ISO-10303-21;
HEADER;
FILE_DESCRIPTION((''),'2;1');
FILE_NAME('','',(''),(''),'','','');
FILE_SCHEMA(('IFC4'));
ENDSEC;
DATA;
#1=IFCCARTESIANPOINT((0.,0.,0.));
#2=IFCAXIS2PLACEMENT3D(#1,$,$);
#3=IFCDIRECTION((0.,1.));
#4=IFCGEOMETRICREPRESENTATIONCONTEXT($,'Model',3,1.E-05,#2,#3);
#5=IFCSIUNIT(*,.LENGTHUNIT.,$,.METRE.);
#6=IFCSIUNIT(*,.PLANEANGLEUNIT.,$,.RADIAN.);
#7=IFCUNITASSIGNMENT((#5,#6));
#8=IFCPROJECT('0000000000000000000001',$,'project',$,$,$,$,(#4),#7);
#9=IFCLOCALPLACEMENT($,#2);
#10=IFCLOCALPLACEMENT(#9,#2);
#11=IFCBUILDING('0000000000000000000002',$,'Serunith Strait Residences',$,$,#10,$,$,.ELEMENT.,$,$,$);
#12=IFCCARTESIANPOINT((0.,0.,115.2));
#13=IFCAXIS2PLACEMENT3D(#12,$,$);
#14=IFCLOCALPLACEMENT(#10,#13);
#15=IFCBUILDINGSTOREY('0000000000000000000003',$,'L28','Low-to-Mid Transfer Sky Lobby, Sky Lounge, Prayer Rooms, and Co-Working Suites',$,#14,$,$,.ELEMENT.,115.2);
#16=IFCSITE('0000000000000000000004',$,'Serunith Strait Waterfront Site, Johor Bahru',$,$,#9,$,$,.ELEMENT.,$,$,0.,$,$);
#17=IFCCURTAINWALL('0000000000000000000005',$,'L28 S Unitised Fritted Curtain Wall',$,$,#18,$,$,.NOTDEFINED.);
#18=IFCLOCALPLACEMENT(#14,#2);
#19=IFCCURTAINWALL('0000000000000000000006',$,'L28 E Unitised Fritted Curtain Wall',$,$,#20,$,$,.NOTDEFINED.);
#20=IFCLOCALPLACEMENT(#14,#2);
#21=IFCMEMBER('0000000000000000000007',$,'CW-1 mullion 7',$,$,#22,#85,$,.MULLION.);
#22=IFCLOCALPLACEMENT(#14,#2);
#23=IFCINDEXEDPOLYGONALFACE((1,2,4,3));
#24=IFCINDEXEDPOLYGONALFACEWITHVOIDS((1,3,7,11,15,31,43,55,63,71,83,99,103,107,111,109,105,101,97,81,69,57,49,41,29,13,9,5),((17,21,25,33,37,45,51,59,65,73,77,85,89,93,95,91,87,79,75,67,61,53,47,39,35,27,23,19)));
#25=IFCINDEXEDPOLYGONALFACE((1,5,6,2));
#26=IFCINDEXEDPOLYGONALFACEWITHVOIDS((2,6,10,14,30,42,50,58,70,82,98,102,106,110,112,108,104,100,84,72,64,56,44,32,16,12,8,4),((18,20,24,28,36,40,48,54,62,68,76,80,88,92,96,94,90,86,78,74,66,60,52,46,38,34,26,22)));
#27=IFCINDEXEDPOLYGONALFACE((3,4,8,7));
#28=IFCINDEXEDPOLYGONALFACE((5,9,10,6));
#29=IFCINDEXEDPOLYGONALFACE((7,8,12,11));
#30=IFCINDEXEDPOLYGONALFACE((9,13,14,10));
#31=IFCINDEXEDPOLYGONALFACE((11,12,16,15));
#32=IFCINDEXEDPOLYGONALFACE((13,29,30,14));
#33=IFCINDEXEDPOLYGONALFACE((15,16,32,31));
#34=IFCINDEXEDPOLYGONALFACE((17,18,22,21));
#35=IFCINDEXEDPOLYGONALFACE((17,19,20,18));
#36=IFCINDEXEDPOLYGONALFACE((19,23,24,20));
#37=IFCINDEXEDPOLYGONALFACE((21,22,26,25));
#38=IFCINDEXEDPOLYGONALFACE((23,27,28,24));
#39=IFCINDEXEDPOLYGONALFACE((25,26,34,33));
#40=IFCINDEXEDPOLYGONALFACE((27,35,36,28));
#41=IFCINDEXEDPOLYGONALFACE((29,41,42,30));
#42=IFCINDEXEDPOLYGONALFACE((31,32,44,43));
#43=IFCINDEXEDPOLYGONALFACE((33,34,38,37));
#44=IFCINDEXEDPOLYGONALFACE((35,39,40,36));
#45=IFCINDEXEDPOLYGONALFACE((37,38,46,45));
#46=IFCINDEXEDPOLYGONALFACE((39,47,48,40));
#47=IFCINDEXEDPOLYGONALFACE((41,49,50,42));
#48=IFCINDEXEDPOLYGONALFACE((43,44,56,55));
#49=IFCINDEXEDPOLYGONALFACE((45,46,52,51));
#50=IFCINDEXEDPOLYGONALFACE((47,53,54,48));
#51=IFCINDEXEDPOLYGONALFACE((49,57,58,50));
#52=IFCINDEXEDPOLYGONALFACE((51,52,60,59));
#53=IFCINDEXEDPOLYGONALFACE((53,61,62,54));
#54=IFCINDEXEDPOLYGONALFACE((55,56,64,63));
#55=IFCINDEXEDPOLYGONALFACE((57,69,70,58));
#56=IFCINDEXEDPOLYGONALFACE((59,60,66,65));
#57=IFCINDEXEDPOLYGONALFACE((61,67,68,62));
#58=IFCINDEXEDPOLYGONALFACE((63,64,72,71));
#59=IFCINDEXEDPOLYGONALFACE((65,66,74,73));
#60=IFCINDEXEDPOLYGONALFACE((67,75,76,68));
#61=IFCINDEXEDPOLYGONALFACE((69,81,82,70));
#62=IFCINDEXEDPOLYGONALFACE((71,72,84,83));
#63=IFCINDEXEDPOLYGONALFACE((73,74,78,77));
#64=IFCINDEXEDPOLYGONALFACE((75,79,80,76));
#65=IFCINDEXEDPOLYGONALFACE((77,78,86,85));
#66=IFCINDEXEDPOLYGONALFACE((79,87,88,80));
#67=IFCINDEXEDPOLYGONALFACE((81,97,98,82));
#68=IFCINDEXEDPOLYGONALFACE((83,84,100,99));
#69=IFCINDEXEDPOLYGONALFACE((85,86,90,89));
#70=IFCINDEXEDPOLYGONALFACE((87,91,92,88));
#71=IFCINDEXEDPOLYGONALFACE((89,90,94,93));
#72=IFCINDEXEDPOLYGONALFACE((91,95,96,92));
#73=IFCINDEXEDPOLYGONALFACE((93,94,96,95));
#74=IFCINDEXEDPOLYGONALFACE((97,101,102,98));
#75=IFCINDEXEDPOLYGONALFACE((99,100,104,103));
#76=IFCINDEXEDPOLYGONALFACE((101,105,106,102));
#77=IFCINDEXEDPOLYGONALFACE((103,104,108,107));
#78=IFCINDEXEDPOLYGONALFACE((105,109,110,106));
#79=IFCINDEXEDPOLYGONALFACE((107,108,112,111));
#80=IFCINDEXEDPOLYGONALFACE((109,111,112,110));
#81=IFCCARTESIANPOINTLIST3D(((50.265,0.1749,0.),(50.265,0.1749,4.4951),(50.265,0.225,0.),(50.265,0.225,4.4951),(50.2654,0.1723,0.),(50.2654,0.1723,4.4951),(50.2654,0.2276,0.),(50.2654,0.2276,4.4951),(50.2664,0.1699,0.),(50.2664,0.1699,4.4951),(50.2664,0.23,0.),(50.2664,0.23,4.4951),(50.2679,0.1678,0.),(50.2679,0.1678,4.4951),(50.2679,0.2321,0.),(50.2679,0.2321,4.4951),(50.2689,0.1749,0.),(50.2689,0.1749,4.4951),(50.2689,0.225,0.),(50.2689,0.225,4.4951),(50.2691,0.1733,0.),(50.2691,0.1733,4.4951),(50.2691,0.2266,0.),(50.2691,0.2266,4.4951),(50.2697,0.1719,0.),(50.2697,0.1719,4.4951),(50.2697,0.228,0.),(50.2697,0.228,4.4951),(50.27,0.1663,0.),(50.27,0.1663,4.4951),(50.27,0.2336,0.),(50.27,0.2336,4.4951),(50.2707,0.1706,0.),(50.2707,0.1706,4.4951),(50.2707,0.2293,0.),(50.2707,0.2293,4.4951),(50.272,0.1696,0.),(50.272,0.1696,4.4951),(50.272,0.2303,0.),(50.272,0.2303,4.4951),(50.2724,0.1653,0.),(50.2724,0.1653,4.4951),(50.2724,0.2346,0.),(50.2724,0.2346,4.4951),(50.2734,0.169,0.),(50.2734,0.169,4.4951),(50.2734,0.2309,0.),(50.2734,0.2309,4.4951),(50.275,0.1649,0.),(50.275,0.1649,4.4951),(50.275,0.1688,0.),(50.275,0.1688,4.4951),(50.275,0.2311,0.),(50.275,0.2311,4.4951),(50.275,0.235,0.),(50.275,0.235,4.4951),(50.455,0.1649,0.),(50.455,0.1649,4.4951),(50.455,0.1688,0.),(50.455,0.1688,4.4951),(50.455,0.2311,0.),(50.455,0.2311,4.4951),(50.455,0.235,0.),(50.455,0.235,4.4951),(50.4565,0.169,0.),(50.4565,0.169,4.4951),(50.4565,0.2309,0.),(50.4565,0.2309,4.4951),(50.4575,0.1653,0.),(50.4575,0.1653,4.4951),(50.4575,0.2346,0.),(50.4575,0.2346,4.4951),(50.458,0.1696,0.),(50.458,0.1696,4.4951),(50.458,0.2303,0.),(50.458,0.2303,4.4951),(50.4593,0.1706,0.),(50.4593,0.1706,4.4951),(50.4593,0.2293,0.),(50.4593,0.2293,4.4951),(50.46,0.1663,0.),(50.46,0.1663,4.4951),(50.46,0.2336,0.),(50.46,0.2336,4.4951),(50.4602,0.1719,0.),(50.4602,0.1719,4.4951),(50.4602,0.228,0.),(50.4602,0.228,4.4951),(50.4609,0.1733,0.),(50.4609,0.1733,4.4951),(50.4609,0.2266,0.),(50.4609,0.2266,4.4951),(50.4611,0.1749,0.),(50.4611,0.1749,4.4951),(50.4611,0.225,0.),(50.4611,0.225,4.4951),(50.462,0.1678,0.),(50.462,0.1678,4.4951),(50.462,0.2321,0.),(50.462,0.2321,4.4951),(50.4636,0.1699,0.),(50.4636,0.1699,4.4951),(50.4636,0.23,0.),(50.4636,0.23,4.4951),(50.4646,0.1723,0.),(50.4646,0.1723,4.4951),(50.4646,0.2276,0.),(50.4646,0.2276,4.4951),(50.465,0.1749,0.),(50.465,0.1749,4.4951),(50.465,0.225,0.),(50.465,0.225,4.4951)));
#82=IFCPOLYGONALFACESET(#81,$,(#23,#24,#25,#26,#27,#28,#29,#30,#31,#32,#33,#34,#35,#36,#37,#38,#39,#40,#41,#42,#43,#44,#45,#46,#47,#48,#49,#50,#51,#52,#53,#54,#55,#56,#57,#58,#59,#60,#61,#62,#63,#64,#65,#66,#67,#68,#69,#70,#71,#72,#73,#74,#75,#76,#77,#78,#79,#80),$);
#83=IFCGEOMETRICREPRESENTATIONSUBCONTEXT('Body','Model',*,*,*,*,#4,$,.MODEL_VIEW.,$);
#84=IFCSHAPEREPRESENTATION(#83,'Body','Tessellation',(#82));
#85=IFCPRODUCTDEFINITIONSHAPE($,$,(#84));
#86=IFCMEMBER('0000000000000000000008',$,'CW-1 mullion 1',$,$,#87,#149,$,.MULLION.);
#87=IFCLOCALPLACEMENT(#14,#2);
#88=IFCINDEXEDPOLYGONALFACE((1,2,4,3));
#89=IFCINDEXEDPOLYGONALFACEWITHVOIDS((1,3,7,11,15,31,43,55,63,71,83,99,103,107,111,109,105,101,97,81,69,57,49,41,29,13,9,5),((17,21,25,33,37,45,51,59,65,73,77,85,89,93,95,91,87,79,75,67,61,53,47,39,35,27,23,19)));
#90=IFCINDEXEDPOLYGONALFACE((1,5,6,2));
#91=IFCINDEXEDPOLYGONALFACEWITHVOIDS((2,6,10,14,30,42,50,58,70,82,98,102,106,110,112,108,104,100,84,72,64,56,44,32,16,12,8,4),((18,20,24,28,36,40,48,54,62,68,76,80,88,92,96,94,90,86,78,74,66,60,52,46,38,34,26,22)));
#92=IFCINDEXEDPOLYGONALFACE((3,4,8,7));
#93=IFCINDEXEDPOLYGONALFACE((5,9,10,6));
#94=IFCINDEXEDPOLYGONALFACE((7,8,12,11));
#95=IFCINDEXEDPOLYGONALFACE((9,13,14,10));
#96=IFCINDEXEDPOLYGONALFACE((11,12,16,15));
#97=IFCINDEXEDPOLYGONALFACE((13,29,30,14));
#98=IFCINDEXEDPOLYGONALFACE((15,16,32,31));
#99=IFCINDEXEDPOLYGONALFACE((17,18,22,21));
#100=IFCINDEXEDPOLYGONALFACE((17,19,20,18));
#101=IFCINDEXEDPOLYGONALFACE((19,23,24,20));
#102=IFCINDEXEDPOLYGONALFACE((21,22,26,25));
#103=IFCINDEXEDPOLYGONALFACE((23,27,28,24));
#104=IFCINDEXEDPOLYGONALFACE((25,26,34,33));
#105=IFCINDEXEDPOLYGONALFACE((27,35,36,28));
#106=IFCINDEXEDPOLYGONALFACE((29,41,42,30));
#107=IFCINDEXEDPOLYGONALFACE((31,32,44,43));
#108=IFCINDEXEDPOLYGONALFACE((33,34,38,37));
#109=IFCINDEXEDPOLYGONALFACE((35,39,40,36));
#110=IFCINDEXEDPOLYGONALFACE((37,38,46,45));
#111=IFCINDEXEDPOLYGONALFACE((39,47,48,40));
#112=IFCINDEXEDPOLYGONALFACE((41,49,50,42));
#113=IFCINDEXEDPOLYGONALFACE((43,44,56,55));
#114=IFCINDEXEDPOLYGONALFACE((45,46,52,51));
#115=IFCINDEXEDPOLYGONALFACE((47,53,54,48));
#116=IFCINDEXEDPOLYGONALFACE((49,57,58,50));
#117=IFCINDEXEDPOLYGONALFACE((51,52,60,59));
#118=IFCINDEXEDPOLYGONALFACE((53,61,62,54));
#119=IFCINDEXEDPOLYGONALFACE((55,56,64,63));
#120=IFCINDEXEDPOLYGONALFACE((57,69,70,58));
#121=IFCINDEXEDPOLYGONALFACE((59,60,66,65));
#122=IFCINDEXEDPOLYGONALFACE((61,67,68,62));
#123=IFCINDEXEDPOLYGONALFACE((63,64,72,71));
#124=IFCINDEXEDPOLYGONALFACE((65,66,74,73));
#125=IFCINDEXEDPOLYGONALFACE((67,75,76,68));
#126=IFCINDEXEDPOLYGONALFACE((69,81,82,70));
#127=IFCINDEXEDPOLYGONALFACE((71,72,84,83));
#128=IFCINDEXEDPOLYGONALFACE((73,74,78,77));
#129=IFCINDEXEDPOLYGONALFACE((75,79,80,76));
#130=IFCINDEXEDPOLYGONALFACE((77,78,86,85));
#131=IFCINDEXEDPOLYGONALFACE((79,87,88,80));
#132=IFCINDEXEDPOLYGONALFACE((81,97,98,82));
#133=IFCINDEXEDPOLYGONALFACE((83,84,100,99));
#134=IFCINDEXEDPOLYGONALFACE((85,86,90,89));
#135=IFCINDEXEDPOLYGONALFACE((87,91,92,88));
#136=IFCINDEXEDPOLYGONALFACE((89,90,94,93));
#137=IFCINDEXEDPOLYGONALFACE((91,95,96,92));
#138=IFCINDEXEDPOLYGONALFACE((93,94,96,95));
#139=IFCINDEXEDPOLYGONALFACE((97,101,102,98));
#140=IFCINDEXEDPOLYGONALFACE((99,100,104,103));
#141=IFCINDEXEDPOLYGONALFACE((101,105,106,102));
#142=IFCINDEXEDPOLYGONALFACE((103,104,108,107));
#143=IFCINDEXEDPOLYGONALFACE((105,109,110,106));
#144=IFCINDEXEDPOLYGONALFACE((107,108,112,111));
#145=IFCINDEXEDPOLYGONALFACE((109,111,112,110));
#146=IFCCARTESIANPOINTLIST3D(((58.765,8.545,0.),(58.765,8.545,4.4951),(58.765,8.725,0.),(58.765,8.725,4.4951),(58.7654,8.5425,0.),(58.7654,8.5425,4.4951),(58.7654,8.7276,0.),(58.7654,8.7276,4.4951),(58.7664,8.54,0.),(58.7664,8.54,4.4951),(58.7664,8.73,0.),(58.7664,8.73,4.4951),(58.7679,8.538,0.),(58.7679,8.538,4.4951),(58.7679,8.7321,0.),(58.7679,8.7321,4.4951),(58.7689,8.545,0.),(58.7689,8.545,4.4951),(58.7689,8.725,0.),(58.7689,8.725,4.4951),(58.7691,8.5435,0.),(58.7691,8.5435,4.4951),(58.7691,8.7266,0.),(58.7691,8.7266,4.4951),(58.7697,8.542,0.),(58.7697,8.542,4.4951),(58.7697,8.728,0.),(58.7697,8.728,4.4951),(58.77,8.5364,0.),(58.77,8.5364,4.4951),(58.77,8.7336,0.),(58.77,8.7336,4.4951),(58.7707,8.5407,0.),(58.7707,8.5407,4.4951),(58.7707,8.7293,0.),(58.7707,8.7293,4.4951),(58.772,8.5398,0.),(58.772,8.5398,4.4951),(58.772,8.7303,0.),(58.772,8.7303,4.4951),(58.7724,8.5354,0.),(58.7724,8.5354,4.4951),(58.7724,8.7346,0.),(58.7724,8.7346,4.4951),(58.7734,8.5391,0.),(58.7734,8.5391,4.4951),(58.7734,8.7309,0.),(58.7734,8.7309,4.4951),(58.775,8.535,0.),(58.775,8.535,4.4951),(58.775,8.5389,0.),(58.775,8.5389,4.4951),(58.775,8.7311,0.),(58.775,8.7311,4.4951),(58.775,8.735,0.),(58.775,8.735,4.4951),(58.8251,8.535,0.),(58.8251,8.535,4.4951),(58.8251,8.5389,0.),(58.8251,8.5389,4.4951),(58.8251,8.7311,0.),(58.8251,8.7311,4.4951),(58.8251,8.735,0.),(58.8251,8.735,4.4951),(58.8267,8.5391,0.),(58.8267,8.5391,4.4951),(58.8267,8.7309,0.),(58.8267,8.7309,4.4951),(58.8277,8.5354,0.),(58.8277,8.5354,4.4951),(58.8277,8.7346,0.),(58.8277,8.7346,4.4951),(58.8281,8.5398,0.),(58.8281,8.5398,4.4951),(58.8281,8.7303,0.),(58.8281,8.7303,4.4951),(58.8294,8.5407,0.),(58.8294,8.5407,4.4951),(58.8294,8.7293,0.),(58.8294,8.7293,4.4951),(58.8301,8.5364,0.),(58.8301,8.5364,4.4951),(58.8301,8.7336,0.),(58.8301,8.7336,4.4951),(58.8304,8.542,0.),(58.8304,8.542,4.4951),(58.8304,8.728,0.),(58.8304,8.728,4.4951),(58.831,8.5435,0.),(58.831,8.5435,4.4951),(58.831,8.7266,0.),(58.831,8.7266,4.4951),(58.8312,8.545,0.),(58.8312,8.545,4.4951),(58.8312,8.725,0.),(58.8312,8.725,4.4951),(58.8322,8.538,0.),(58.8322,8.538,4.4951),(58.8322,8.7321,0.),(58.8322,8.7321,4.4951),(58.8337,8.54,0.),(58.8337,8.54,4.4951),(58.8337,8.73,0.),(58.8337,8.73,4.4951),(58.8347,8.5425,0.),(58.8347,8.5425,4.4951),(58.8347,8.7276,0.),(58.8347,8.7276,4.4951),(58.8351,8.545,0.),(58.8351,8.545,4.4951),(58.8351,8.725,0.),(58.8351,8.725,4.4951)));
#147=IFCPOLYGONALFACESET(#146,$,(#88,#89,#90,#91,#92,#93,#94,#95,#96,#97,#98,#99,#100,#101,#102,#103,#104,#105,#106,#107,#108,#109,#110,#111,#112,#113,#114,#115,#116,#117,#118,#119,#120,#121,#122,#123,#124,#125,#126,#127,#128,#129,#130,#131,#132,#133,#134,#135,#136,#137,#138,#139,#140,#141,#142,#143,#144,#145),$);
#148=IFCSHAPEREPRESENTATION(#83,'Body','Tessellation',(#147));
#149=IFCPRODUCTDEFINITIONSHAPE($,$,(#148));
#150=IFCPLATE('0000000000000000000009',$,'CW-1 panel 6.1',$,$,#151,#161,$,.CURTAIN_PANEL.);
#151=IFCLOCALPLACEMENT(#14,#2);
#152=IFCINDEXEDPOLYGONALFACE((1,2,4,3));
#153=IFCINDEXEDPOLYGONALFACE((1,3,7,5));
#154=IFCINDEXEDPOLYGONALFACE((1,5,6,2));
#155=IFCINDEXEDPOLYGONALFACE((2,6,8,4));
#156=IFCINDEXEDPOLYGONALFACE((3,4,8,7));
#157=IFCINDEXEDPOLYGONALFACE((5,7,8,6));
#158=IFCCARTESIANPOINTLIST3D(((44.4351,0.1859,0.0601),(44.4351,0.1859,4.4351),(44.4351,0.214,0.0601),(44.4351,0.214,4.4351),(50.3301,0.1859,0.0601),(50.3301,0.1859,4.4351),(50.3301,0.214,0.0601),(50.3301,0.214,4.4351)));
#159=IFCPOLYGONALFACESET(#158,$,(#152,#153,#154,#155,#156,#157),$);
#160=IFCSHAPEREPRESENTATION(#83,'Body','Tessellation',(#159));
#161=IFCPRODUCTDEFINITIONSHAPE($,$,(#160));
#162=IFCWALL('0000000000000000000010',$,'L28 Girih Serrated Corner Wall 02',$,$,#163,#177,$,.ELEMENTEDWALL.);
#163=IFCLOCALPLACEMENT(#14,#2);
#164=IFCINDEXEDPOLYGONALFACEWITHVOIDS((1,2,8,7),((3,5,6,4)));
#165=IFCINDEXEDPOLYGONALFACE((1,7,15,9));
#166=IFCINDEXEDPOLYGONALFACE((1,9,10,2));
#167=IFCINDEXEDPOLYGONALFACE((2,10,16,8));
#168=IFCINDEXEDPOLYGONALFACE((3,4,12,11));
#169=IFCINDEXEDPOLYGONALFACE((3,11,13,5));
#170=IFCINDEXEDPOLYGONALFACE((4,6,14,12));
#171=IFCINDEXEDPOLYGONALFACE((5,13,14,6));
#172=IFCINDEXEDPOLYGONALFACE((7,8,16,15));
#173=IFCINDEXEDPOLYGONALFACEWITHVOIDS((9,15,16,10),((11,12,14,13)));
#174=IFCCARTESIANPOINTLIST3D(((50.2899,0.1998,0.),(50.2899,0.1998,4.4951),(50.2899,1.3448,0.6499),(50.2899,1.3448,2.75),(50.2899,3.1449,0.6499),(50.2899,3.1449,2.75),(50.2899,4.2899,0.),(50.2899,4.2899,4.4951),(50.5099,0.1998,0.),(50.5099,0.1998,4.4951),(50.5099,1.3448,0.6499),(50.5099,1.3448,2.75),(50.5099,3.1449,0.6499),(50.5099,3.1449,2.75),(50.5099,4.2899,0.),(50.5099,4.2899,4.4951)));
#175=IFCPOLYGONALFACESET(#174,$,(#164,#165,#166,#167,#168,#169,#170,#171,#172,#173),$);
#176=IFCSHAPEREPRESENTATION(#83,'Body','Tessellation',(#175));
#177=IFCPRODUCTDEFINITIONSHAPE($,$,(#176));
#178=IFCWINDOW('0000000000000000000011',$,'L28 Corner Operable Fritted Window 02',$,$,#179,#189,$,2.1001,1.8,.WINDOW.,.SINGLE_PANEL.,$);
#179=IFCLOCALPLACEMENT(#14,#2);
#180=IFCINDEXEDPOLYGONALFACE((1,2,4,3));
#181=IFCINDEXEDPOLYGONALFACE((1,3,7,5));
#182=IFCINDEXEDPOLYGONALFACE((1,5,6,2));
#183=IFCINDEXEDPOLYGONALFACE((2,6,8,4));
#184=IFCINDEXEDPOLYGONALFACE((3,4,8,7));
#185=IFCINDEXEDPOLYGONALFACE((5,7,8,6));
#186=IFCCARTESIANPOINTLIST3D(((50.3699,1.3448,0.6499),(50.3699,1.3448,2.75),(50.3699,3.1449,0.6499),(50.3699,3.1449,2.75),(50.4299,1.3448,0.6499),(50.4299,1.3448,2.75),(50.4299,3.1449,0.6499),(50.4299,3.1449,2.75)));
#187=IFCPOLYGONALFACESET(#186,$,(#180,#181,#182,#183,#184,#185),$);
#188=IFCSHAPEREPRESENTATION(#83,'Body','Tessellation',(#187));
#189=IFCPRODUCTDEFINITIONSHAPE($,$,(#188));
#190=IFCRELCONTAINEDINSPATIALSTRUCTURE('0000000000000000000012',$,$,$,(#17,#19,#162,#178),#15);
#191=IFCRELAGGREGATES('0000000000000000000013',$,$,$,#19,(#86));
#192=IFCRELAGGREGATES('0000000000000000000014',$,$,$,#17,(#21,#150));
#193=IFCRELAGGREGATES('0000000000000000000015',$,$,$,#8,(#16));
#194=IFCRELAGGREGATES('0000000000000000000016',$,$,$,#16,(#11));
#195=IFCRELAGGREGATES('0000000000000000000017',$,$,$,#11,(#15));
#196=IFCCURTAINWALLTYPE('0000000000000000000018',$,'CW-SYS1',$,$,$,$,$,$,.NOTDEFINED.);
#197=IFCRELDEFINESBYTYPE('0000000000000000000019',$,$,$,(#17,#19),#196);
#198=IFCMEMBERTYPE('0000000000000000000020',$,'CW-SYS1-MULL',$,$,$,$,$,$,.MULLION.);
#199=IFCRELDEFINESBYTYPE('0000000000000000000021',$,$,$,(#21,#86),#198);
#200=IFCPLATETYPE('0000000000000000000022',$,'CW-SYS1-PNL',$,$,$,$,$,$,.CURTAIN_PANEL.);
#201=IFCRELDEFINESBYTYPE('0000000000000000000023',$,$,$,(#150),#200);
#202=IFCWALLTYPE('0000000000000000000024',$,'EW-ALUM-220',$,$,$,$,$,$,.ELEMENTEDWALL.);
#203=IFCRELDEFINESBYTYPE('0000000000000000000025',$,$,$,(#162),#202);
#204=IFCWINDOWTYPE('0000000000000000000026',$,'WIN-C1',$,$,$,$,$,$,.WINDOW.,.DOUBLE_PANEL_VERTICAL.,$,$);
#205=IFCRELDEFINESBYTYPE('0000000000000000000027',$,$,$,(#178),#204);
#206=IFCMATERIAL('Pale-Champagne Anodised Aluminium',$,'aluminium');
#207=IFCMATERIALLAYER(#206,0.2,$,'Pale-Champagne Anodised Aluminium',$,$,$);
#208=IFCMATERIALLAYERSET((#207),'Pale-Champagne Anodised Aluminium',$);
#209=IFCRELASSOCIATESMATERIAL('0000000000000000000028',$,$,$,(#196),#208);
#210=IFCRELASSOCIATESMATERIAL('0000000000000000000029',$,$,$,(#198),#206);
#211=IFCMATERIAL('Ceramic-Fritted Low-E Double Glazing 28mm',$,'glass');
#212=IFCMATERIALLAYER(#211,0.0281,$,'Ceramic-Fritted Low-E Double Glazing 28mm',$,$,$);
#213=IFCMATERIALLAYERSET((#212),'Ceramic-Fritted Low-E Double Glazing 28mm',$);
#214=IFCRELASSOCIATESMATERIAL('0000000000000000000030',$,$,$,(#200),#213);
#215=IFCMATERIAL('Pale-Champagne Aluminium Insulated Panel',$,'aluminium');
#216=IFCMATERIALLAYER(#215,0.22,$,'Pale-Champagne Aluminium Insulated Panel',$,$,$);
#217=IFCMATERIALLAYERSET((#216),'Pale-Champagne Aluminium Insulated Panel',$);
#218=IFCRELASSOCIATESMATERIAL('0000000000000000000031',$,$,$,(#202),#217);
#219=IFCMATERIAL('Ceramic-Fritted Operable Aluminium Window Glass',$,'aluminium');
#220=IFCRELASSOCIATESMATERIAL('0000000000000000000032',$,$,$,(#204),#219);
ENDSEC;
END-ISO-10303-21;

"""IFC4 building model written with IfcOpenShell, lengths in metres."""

from ifc_helpers import new_model, si_unit, direction, frame, frame_2d, origin, origin_2d, place, context, subcontext, project, spatial, rectangle, hollow_rectangle, extrude, source, transform, mapped, material, layer, layer_set, material_profile, profile_set, type_object, element, fill, aggregate, save


model = new_model("IFC4")

# Units and contexts
model_context = context("Model", 3, precision=1e-05, world=origin(), true_north=direction((0.0, 1.0)))
body_context = subcontext(model_context, "Body", "Model", "MODEL_VIEW")
ifc_project = project(units=[si_unit("LENGTHUNIT", "METRE"), si_unit("PLANEANGLEUNIT", "RADIAN")], contexts=[model_context])

# Site, building, storey
site_placement = place(None, origin())
site = spatial("IfcSite", under=ifc_project, at=site_placement, Name="Serunith Strait Waterfront Site, Johor Bahru", CompositionType="ELEMENT", RefElevation=0.0)
building_placement = place(site_placement, origin())
building = spatial("IfcBuilding", under=site, at=building_placement, Name="Serunith Strait Residences", CompositionType="ELEMENT")
storey_placement = place(building_placement, frame((0.0, 0.0, 115.2)))
storey = spatial("IfcBuildingStorey", under=building, at=storey_placement, Name="L28", Description="Low-to-Mid Transfer Sky Lobby, Sky Lounge, Prayer Rooms, and Co-Working Suites", CompositionType="ELEMENT", Elevation=115.2)

# Curtain wall
ifc_material_1 = material(Name="Pale-Champagne Anodised Aluminium", Category="aluminium")
ifc_layer_1 = layer(ifc_material_1, 0.2, Name="Pale-Champagne Anodised Aluminium")
ifc_layer_set_1 = layer_set([ifc_layer_1], Name="Pale-Champagne Anodised Aluminium")
curtain_wall_type = type_object("IfcCurtainWallType", Name="CW-SYS1", PredefinedType="NOTDEFINED", material=ifc_layer_set_1)
curtain_wall_1_placement = place(storey_placement, origin())
curtain_wall_1 = element("IfcCurtainWall", 1, at=curtain_wall_1_placement, inside=storey, type_object=curtain_wall_type, Name="L28 S Unitised Fritted Curtain Wall", PredefinedType="NOTDEFINED")

# Curtain wall
curtain_wall_2_placement = place(storey_placement, origin())
curtain_wall_2 = element("IfcCurtainWall", 2, at=curtain_wall_2_placement, inside=storey, type_object=curtain_wall_type, Name="L28 E Unitised Fritted Curtain Wall", PredefinedType="NOTDEFINED")

# Members
ifc_material_profile_1 = material_profile(ifc_material_1, hollow_rectangle(XDim=0.0701, YDim=0.2, WallThickness=0.0039, InnerFilletRadius=0.0061, OuterFilletRadius=0.01, at=origin_2d()), Name="ALU 200x70x4")
ifc_profile_set_1 = profile_set([ifc_material_profile_1], Name="Pale-Champagne Anodised Aluminium")
member_type_1 = type_object("IfcMemberType", Name="CW-SYS1-MULL", PredefinedType="MULLION", material=ifc_profile_set_1)
shared_shape_1 = source(origin(), body_context, "Body", "SweptSolid", [
    extrude(hollow_rectangle(XDim=0.0701, YDim=0.2, WallThickness=0.0039, InnerFilletRadius=0.0061, OuterFilletRadius=0.01, at=origin_2d()), origin(), (0.0, 0.0, 1.0), 4.4951),
])
member_1_placement = place(storey_placement, frame((50.365, 0.2, 0.0), z_axis=(0.0, 0.0, 1.0), x_axis=(0.0, 1.0, 0.0)))
member_1 = element("IfcMember", 3, at=member_1_placement, type_object=member_type_1, Name="CW-1 mullion 7", PredefinedType="MULLION", context=body_context, shape_type="MappedRepresentation", body=[
    mapped(shared_shape_1, transform((0.0, 0.0, 0.0), scale=1.0)),
])
member_2_placement = place(storey_placement, frame((58.8, 8.635, 0.0), z_axis=(0.0, 0.0, 1.0), x_axis=(-1.0, 0.0, 0.0)))
member_2 = element("IfcMember", 4, at=member_2_placement, type_object=member_type_1, Name="CW-1 mullion 1", PredefinedType="MULLION", context=body_context, shape_type="MappedRepresentation", body=[
    mapped(shared_shape_1, transform((0.0, 0.0, 0.0), scale=1.0)),
])
aggregate(curtain_wall_2, [member_2])

# Plate
ifc_material_2 = material(Name="Ceramic-Fritted Low-E Double Glazing 28mm", Category="glass")
ifc_layer_2 = layer(ifc_material_2, 0.0281, Name="Ceramic-Fritted Low-E Double Glazing 28mm")
ifc_layer_set_2 = layer_set([ifc_layer_2], Name="Ceramic-Fritted Low-E Double Glazing 28mm")
plate_type = type_object("IfcPlateType", Name="CW-SYS1-PNL", PredefinedType="CURTAIN_PANEL", material=ifc_layer_set_2)
shared_shape_2 = source(origin(), body_context, "Body", "SweptSolid", [
    extrude(rectangle(XDim=5.895, YDim=0.0281, at=origin_2d()), origin(), (0.0, 0.0, 1.0), 4.375),
])
plate_placement = place(storey_placement, frame((47.3826, 0.2, 0.0601), z_axis=(0.0, 0.0, 1.0), x_axis=(1.0, 0.0, 0.0)))
plate = element("IfcPlate", 5, at=plate_placement, type_object=plate_type, Name="CW-1 panel 6.1", PredefinedType="CURTAIN_PANEL", context=body_context, shape_type="MappedRepresentation", body=[
    mapped(shared_shape_2, transform((0.0, 0.0, 0.0), scale=1.0)),
])
aggregate(curtain_wall_1, [member_1, plate])

# Wall, opening, window
ifc_material_3 = material(Name="Pale-Champagne Aluminium Insulated Panel", Category="aluminium")
ifc_layer_3 = layer(ifc_material_3, 0.22, Name="Pale-Champagne Aluminium Insulated Panel")
ifc_layer_set_3 = layer_set([ifc_layer_3], Name="Pale-Champagne Aluminium Insulated Panel")
wall_type = type_object("IfcWallType", Name="EW-ALUM-220", PredefinedType="ELEMENTEDWALL", material=ifc_layer_set_3)
wall_1_placement = place(storey_placement, frame((50.3999, 0.2, 0.0), z_axis=(0.0, 0.0, 1.0), x_axis=(0.0, 1.0, 0.0)))
wall_1 = element("IfcWall", 6, at=wall_1_placement, inside=storey, type_object=wall_type, Name="L28 Girih Serrated Corner Wall 02", PredefinedType="ELEMENTEDWALL", context=body_context, shape_type="SweptSolid", body=[
    extrude(rectangle(XDim=4.0901, YDim=0.22, at=frame_2d((2.0449, 0.0))), origin(), (0.0, 0.0, 1.0), 4.4951),
])
opening_1_placement = place(wall_1_placement, frame((1.145, 0.0, 0.6499)))
opening_1 = element("IfcOpeningElement", 7, at=opening_1_placement, cuts=wall_1, PredefinedType="OPENING", context=body_context, shape_type="SweptSolid", body=[
    extrude(rectangle(XDim=1.8, YDim=2.1001, at=frame_2d((0.8999, 1.05))), frame((0.0, 0.1201, 0.0), z_axis=(0.0, -1.0, 0.0), x_axis=(1.0, 0.0, 0.0)), (0.0, 0.0, 1.0), 0.24),
])
ifc_material_4 = material(Name="Ceramic-Fritted Operable Aluminium Window Glass", Category="aluminium")
window_type = type_object("IfcWindowType", Name="WIN-C1", PartitioningType="DOUBLE_PANEL_VERTICAL", PredefinedType="WINDOW", material=ifc_material_4)
shared_shape_3 = source(origin(), body_context, "Body", "SweptSolid", [
    extrude(rectangle(XDim=1.8, YDim=2.1001, at=frame_2d((0.8999, 1.05))), frame((0.0, 0.03, 0.0), z_axis=(0.0, -1.0, 0.0), x_axis=(1.0, 0.0, 0.0)), (0.0, 0.0, 1.0), 0.0601),
])
window_1_placement = place(opening_1_placement, origin())
window_1 = element("IfcWindow", 8, at=window_1_placement, inside=storey, type_object=window_type, Name="L28 Corner Operable Fritted Window 02", OverallHeight=2.1001, OverallWidth=1.8, PartitioningType="SINGLE_PANEL", PredefinedType="WINDOW", context=body_context, shape_type="MappedRepresentation", body=[
    mapped(shared_shape_3, transform((0.0, 0.0, 0.0), scale=1.0)),
])
fill(opening_1, window_1)

save(model, "model.ifc")
